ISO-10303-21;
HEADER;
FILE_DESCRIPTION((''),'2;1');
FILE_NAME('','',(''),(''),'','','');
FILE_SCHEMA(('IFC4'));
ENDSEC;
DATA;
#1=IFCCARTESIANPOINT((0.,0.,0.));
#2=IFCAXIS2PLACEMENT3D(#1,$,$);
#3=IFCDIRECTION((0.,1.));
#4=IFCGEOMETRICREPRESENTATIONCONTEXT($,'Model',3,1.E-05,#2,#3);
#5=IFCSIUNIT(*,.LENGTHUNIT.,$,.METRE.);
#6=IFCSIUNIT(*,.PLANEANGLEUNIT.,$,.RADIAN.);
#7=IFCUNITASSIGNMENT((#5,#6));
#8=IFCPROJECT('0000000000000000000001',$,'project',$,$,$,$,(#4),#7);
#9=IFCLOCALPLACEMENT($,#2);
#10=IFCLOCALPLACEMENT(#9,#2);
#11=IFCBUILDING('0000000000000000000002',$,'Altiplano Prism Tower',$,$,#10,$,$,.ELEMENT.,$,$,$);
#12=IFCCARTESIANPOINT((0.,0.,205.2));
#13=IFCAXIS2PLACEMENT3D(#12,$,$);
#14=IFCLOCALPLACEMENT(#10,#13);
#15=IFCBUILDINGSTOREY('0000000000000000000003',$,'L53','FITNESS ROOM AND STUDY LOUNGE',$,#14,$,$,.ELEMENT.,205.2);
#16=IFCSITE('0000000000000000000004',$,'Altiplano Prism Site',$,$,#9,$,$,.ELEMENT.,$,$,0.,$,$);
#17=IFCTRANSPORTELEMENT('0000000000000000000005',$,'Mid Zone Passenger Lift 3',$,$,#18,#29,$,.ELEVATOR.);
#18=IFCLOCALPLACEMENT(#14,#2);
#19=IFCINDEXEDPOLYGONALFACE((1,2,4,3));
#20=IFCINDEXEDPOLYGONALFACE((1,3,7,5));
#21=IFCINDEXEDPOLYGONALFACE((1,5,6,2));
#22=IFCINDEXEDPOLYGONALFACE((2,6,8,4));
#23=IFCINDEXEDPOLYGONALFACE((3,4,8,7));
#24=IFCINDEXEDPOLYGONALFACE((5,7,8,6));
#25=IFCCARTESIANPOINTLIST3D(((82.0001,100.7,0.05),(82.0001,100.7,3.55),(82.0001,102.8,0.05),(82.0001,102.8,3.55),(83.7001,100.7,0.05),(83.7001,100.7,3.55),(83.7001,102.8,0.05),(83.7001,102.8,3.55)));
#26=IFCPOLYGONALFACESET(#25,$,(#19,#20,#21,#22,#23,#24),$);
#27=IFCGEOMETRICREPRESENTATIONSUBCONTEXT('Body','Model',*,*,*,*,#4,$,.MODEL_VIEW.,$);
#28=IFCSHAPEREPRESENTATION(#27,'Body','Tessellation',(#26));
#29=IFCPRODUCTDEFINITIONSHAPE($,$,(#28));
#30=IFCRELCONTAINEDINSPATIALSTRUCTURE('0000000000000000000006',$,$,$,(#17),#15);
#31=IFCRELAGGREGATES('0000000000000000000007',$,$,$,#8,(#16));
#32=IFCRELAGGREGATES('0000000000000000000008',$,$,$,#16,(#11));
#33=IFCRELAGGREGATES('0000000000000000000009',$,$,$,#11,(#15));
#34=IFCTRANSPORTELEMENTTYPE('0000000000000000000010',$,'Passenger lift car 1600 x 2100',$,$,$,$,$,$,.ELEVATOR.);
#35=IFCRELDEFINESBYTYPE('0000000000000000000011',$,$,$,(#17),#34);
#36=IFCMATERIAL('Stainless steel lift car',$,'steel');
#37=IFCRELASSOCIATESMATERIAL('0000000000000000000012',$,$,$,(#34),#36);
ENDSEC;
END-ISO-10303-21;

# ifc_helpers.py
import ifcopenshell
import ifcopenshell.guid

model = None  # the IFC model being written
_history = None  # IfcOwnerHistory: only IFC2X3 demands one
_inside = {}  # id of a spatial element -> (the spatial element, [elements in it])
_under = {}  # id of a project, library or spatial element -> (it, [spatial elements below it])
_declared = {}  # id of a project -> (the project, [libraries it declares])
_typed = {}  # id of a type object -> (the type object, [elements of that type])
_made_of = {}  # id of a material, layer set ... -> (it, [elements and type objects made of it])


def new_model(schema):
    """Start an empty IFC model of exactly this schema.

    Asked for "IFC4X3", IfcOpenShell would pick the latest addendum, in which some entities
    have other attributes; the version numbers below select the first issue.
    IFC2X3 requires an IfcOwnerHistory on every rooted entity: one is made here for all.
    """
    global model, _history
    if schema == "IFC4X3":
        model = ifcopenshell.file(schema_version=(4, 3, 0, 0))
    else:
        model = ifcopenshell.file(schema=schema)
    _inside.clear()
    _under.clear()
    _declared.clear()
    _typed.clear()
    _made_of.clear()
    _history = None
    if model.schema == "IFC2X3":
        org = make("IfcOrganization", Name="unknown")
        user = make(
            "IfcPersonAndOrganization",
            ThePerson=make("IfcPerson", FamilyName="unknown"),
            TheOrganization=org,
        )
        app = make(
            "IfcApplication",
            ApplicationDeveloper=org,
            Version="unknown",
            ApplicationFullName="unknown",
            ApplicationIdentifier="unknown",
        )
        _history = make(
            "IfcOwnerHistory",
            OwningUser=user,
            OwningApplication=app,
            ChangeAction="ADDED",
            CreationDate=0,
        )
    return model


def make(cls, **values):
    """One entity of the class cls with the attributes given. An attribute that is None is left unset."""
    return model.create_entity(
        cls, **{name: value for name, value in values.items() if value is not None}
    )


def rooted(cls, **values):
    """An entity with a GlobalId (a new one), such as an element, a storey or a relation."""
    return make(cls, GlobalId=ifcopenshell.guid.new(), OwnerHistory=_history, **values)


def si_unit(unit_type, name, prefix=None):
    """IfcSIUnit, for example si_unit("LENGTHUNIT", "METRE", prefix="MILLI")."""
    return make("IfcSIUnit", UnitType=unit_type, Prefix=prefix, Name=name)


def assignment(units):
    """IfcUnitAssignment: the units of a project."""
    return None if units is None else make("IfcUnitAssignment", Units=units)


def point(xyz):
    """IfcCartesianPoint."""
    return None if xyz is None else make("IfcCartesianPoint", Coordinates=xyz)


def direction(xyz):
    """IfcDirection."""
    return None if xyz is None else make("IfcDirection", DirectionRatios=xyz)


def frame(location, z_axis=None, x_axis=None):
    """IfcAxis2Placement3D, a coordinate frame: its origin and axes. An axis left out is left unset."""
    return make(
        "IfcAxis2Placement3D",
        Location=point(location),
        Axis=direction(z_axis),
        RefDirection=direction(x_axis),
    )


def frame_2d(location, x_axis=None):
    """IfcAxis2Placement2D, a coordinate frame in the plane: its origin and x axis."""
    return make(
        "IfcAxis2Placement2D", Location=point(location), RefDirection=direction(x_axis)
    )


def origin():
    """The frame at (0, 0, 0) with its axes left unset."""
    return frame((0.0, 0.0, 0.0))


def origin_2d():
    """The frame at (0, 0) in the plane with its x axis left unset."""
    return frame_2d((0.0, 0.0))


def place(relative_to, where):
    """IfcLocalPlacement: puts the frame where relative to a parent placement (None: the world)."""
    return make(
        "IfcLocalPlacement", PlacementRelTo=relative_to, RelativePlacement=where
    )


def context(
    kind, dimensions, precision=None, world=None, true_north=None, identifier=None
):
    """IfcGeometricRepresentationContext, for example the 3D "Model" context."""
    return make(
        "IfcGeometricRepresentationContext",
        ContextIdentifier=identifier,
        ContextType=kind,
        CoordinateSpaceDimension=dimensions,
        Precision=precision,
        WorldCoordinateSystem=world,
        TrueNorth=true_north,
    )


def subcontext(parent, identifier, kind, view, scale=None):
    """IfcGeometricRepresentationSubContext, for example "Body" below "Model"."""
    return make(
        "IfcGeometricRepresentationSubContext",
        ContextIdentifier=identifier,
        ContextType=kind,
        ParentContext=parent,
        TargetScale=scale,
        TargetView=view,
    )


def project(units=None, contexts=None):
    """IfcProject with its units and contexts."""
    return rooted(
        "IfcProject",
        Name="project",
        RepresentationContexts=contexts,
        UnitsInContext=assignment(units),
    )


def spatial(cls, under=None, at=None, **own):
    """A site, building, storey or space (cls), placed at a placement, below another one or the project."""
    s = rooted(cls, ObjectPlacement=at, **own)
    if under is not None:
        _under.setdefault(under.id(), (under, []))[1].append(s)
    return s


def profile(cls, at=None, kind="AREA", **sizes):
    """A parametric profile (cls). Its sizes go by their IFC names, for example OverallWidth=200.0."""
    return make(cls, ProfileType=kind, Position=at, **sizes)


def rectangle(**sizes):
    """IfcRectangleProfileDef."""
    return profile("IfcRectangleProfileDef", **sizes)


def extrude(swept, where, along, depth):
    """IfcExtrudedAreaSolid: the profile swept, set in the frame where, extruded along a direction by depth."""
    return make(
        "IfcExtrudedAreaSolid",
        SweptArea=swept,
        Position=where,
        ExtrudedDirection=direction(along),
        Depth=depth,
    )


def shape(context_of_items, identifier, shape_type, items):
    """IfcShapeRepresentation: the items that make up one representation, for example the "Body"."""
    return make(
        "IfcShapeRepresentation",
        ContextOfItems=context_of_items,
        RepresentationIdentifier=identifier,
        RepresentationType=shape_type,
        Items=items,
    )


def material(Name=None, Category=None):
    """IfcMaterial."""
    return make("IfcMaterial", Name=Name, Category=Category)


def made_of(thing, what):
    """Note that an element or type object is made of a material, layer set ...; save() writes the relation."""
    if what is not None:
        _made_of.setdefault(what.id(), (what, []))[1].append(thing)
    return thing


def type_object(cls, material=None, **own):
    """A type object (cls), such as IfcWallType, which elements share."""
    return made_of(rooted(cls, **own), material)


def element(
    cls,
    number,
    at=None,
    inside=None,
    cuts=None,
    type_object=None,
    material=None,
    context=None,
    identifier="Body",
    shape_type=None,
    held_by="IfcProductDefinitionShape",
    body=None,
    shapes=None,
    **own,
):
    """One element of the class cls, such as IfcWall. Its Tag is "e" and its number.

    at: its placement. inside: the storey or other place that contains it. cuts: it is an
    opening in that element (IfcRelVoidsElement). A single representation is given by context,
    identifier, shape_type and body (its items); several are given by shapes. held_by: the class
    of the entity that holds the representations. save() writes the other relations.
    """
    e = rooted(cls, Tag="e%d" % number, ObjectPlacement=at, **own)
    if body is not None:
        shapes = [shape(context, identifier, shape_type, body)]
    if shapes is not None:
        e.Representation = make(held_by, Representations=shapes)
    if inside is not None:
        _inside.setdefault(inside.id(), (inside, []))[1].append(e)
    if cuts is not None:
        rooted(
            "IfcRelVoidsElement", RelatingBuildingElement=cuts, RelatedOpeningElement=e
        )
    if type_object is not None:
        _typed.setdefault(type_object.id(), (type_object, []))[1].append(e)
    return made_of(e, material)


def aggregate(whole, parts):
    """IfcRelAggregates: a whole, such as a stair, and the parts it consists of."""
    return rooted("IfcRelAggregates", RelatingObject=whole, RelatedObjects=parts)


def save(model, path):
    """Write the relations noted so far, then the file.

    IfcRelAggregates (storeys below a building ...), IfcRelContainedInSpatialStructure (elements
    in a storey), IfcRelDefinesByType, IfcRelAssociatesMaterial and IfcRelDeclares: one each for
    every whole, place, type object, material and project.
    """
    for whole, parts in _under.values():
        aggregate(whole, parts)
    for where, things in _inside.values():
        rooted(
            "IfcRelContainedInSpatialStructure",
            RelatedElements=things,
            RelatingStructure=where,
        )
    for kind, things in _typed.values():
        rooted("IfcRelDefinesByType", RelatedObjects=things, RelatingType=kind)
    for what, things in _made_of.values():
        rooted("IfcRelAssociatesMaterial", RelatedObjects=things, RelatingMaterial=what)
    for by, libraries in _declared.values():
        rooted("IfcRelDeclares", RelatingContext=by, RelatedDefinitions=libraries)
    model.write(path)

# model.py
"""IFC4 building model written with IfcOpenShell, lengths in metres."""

from ifc_helpers import new_model, si_unit, direction, frame, origin, origin_2d, place, context, subcontext, project, spatial, rectangle, extrude, material, type_object, element, save


model = new_model("IFC4")

# Units and contexts
model_context = context("Model", 3, precision=1e-05, world=origin(), true_north=direction((0.0, 1.0)))
body_context = subcontext(model_context, "Body", "Model", "MODEL_VIEW")
ifc_project = project(units=[si_unit("LENGTHUNIT", "METRE"), si_unit("PLANEANGLEUNIT", "RADIAN")], contexts=[model_context])

# Site, building, storey
site_placement = place(None, origin())
site = spatial("IfcSite", under=ifc_project, at=site_placement, Name="Altiplano Prism Site", CompositionType="ELEMENT", RefElevation=0.0)
building_placement = place(site_placement, origin())
building = spatial("IfcBuilding", under=site, at=building_placement, Name="Altiplano Prism Tower", CompositionType="ELEMENT")
storey_placement = place(building_placement, frame((0.0, 0.0, 205.2)))
storey = spatial("IfcBuildingStorey", under=building, at=storey_placement, Name="L53", Description="FITNESS ROOM AND STUDY LOUNGE", CompositionType="ELEMENT", Elevation=205.2)

# Transport element
ifc_material_1 = material(Name="Stainless steel lift car", Category="steel")
transport_element_type = type_object("IfcTransportElementType", Name="Passenger lift car 1600 x 2100", PredefinedType="ELEVATOR", material=ifc_material_1)
for number, where, z_axis, x_axis, name in (
    (1, (82.8501, 101.75, 0.05), (0.0, 0.0, 1.0), (1.0, 0.0, 0.0), "Mid Zone Passenger Lift 3"),
):
    element("IfcTransportElement", number, at=place(storey_placement, frame(where, z_axis=z_axis, x_axis=x_axis)), inside=storey, type_object=transport_element_type, Name=name, PredefinedType="ELEVATOR", context=body_context, shape_type="SweptSolid", body=[
        extrude(rectangle(XDim=1.7, YDim=2.1001, at=origin_2d()), origin(), (0.0, 0.0, 1.0), 3.5),
    ])

save(model, "model.ifc")
